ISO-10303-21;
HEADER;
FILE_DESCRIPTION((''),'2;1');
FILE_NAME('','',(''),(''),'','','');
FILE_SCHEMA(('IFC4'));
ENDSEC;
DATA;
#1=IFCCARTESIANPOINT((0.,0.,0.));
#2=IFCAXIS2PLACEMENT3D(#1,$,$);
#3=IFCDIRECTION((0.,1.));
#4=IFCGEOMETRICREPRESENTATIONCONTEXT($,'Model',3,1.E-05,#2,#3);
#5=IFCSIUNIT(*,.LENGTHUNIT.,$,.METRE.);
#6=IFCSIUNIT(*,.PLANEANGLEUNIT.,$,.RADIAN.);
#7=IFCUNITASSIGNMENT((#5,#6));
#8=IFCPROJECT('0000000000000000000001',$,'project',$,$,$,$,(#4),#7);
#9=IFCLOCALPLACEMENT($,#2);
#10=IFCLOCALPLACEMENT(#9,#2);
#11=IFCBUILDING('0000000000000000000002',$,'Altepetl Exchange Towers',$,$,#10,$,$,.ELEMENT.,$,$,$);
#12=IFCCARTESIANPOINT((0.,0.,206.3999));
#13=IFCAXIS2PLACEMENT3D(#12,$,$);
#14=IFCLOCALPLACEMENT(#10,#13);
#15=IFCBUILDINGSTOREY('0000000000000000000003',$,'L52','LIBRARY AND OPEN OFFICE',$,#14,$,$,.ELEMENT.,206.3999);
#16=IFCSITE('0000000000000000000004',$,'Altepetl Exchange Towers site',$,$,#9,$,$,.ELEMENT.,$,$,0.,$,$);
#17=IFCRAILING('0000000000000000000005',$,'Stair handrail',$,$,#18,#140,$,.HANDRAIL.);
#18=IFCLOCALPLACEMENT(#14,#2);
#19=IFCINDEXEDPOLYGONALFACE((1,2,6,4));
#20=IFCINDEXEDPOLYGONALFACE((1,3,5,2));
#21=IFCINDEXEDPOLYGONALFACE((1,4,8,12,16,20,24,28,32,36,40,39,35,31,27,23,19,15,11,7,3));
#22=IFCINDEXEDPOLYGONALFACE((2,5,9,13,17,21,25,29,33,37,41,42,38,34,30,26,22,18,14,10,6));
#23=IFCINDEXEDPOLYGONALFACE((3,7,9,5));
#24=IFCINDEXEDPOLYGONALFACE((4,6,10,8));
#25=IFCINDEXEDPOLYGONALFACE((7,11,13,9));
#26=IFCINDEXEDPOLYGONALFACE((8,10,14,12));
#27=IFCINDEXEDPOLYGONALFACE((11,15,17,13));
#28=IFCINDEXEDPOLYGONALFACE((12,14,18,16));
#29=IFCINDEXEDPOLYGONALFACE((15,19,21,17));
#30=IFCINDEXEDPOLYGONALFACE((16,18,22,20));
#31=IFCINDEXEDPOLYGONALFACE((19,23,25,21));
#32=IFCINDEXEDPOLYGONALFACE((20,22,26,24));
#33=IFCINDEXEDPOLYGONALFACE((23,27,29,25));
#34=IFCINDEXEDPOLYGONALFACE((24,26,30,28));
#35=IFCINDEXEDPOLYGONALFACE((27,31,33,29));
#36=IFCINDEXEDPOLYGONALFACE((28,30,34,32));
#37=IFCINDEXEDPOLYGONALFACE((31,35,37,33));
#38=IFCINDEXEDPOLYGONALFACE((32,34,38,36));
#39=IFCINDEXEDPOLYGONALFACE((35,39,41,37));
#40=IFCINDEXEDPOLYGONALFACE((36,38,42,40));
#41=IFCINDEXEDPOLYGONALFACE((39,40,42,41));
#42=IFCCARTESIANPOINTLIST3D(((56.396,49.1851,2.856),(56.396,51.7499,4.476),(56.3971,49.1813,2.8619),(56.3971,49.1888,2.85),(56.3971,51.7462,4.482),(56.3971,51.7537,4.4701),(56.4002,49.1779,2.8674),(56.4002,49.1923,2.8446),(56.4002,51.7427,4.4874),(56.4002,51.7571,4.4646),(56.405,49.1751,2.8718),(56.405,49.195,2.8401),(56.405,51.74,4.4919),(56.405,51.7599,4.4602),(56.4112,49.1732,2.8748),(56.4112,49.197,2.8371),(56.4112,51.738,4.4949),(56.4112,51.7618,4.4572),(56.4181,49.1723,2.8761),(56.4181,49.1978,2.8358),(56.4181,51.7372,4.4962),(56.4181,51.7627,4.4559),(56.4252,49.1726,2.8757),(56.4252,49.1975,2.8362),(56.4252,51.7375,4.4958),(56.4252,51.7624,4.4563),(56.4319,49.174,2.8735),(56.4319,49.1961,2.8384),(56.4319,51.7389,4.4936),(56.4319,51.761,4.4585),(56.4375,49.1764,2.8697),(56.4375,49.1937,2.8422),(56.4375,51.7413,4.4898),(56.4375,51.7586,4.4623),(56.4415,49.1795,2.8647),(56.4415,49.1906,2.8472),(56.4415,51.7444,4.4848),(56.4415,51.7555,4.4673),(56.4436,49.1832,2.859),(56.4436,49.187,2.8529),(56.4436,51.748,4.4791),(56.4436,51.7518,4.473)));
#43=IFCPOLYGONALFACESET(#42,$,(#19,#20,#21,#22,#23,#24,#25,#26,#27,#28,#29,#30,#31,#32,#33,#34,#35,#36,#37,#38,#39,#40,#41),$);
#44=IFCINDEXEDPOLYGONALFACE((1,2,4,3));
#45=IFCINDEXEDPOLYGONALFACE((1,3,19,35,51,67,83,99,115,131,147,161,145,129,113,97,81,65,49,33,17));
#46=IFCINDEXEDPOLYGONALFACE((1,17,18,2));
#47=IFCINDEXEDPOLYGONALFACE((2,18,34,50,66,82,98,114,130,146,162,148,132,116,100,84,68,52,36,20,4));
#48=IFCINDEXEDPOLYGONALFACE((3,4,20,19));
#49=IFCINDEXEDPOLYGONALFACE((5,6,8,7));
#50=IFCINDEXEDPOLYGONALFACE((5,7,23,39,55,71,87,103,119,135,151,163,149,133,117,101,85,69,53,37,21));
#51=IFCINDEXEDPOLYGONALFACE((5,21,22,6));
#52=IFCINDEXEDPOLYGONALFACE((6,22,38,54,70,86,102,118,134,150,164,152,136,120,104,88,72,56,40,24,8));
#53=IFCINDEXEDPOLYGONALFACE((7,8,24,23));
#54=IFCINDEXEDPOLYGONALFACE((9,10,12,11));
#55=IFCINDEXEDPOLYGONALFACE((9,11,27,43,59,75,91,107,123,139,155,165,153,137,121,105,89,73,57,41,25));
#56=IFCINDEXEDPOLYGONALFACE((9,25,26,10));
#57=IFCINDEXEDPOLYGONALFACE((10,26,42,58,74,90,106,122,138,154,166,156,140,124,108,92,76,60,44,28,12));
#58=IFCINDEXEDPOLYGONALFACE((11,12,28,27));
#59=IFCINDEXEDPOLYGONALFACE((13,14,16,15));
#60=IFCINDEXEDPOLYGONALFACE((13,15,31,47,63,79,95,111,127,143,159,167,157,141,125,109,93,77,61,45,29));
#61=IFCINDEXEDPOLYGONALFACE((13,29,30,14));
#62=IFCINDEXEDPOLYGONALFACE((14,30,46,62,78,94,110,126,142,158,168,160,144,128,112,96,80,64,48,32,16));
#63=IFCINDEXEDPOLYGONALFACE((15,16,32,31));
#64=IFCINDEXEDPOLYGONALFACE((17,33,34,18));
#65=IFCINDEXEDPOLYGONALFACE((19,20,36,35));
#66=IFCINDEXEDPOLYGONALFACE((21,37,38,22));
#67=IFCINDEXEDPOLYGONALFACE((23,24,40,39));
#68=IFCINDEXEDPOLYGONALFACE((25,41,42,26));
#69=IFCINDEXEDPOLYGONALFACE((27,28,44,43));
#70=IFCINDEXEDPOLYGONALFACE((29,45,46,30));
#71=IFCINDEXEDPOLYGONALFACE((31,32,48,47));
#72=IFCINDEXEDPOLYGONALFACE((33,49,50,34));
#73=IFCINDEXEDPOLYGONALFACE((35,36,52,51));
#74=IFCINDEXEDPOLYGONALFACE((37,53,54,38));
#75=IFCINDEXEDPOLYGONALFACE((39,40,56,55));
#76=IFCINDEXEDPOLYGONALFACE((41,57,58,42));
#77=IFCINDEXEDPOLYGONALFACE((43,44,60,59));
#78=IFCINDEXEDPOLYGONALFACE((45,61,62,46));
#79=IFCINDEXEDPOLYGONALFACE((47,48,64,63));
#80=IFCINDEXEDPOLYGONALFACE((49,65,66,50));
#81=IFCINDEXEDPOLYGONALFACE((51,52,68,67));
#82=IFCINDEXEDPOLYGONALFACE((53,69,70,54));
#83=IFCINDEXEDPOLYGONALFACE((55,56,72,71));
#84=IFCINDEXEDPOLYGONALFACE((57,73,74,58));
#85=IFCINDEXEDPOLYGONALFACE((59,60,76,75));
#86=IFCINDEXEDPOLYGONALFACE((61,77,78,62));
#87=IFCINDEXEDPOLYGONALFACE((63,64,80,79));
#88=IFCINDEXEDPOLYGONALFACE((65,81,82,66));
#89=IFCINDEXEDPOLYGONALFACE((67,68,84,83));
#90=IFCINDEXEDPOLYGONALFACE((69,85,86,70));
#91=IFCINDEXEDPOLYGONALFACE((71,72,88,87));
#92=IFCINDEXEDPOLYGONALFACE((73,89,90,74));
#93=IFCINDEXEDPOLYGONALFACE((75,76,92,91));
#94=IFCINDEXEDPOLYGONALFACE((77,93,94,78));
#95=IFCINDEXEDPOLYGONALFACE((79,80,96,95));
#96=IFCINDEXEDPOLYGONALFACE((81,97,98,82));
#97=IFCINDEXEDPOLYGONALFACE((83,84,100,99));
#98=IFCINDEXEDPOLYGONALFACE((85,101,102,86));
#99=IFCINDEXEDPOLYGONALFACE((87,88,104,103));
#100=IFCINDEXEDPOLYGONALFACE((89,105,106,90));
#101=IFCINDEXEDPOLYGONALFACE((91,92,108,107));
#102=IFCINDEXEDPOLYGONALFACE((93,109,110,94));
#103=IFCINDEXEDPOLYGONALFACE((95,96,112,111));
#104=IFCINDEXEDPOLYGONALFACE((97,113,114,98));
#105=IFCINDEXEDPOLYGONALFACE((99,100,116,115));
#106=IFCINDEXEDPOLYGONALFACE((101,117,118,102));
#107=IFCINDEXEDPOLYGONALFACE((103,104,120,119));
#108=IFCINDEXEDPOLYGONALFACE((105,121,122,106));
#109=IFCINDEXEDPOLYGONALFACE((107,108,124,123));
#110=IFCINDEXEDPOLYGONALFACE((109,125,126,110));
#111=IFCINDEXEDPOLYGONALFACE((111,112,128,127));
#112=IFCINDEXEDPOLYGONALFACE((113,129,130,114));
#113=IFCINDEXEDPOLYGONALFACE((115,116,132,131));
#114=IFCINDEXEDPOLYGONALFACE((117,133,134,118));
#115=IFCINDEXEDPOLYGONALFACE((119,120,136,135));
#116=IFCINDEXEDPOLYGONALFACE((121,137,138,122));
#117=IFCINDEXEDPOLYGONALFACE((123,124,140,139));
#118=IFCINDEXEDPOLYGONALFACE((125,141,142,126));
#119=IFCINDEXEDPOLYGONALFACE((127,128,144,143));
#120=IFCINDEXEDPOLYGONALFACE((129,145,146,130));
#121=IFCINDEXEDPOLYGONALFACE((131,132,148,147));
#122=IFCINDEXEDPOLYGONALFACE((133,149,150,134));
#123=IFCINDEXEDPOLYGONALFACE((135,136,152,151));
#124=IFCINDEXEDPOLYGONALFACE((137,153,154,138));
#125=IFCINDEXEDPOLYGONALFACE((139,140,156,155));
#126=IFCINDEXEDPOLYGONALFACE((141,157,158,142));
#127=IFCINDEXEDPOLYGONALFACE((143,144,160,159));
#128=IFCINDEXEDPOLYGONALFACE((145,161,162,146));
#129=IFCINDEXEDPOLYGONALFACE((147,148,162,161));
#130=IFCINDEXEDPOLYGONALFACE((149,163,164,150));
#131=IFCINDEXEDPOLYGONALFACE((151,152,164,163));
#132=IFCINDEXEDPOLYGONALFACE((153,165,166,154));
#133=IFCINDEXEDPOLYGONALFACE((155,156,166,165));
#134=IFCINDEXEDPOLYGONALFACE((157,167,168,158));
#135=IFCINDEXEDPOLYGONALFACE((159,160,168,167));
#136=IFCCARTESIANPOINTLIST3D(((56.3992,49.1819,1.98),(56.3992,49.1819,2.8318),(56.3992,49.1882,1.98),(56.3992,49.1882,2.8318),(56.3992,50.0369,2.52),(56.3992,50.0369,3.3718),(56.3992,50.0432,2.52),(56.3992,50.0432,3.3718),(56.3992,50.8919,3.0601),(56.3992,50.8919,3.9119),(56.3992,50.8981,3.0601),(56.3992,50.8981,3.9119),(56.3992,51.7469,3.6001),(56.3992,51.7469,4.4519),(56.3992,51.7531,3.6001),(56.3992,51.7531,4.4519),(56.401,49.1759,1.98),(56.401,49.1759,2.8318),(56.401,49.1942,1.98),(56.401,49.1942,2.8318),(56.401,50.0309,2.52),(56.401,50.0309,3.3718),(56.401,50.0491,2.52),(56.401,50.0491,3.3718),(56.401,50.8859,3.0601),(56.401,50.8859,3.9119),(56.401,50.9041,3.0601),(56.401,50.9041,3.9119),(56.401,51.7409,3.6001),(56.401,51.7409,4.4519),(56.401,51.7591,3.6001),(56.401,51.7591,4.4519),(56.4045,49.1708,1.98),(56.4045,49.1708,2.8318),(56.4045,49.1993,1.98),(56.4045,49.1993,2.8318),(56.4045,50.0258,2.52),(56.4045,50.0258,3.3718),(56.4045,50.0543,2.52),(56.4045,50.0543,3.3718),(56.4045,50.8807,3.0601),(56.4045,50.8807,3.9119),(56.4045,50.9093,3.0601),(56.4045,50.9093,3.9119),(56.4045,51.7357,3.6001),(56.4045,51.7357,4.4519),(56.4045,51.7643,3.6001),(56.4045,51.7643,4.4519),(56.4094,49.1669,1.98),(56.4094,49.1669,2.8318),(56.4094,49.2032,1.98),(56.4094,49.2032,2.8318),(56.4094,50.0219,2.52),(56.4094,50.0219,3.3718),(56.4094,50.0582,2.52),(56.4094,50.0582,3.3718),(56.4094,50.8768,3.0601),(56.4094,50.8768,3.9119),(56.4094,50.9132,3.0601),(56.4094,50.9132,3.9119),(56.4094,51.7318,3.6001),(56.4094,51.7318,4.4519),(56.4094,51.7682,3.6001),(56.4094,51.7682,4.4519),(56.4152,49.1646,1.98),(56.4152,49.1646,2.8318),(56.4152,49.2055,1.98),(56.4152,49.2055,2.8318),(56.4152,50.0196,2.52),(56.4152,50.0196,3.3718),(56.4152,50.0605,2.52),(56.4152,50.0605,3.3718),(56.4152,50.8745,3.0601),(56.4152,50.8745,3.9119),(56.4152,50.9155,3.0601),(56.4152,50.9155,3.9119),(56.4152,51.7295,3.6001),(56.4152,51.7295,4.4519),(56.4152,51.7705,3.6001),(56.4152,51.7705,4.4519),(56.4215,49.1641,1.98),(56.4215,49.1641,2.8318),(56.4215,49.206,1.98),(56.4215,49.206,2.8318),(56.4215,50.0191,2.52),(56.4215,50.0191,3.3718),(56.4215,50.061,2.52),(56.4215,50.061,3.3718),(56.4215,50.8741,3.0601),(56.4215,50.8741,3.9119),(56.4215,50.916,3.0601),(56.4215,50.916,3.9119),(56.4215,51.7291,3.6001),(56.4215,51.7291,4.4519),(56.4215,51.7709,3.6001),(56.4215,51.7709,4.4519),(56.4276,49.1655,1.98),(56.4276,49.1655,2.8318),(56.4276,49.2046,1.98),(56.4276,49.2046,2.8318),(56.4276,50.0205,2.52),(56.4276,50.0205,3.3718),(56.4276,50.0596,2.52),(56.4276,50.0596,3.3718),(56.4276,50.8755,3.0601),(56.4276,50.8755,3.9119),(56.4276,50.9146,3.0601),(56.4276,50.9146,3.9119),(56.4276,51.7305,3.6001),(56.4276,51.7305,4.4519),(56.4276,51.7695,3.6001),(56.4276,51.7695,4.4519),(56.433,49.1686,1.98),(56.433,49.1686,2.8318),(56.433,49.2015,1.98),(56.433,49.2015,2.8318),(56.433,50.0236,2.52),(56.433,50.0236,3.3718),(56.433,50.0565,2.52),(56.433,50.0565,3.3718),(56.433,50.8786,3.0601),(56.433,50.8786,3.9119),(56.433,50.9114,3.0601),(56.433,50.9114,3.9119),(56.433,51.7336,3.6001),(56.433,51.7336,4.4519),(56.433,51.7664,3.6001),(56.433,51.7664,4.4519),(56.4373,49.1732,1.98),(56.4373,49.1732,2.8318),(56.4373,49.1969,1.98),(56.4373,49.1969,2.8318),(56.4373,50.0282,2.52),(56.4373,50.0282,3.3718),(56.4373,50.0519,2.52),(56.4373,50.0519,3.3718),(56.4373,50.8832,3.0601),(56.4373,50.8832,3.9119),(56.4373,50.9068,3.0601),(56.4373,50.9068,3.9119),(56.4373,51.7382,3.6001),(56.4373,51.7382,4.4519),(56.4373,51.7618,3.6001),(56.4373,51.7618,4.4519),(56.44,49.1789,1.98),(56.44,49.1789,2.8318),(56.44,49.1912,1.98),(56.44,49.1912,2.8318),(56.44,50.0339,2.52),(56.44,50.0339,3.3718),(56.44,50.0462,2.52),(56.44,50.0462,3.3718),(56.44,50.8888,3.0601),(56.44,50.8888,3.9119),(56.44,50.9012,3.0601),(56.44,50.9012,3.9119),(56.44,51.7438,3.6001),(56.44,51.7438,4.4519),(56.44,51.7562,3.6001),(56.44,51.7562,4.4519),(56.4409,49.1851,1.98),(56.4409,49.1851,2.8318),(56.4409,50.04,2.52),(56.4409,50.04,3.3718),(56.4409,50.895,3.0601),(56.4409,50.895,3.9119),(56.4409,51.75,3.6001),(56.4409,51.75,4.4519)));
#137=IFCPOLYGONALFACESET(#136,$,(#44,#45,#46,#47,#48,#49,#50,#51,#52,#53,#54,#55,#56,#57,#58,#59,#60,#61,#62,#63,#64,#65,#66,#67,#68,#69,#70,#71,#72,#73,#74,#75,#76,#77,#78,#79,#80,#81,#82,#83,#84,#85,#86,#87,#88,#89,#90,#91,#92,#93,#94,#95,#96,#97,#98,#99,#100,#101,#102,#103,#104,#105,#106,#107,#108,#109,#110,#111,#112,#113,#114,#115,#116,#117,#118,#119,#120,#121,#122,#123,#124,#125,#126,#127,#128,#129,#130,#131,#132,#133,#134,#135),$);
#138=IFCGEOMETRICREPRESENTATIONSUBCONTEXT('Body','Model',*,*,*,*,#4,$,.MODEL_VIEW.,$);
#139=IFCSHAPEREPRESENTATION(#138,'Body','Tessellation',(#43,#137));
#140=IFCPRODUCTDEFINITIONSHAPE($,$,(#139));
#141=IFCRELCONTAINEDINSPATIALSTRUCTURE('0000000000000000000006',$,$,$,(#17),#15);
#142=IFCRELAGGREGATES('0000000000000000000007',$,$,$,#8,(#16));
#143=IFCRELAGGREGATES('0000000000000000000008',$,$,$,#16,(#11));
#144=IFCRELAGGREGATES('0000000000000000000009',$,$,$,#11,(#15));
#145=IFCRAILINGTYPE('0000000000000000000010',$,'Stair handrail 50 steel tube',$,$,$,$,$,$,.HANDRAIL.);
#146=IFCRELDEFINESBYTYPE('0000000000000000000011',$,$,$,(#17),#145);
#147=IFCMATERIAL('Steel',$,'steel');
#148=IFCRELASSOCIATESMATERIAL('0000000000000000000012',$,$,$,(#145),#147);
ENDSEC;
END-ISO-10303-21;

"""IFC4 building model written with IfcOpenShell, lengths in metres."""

from ifc_helpers import new_model, si_unit, direction, frame, origin, origin_2d, place, context, subcontext, project, spatial, circle, extrude, source, transform, mapped, material, type_object, element, save


model = new_model("IFC4")

# Units and contexts
model_context = context("Model", 3, precision=1e-05, world=origin(), true_north=direction((0.0, 1.0)))
body_context = subcontext(model_context, "Body", "Model", "MODEL_VIEW")
ifc_project = project(units=[si_unit("LENGTHUNIT", "METRE"), si_unit("PLANEANGLEUNIT", "RADIAN")], contexts=[model_context])

# Site, building, storey
site_placement = place(None, origin())
site = spatial("IfcSite", under=ifc_project, at=site_placement, Name="Altepetl Exchange Towers site", CompositionType="ELEMENT", RefElevation=0.0)
building_placement = place(site_placement, origin())
building = spatial("IfcBuilding", under=site, at=building_placement, Name="Altepetl Exchange Towers", CompositionType="ELEMENT")
storey_placement = place(building_placement, frame((0.0, 0.0, 206.3999)))
storey = spatial("IfcBuildingStorey", under=building, at=storey_placement, Name="L52", Description="LIBRARY AND OPEN OFFICE", CompositionType="ELEMENT", Elevation=206.3999)

# Railing
ifc_material_1 = material(Name="Steel", Category="steel")
railing_type = type_object("IfcRailingType", Name="Stair handrail 50 steel tube", PredefinedType="HANDRAIL", material=ifc_material_1)
shared_shape = source(origin(), body_context, "Body", "SweptSolid", [
    extrude(circle(Radius=0.021, at=origin_2d()), origin(), (0.0, 0.0, 1.0), 0.8518),
])
railing_1_placement = place(storey_placement, frame((56.4199, 49.1851, 1.98)))
element("IfcRailing", 1, at=railing_1_placement, inside=storey, type_object=railing_type, Name="Stair handrail", PredefinedType="HANDRAIL", context=body_context, shape_type="SweptSolid", body=[
    extrude(circle(Radius=0.0239, at=origin_2d()), frame((0.0, 0.0, 0.876), z_axis=(0.0, 0.845466, 0.534029), x_axis=(-1.0, 0.0, 0.0)), (0.0, 0.0, 1.0), 3.0337),
    mapped(shared_shape, transform((0.0, 0.0, 0.0))),
    mapped(shared_shape, transform((0.0, 0.855, 0.54))),
    mapped(shared_shape, transform((0.0, 1.71, 1.0801))),
    mapped(shared_shape, transform((0.0, 2.5649, 1.6201))),
])

save(model, "model.ifc")
